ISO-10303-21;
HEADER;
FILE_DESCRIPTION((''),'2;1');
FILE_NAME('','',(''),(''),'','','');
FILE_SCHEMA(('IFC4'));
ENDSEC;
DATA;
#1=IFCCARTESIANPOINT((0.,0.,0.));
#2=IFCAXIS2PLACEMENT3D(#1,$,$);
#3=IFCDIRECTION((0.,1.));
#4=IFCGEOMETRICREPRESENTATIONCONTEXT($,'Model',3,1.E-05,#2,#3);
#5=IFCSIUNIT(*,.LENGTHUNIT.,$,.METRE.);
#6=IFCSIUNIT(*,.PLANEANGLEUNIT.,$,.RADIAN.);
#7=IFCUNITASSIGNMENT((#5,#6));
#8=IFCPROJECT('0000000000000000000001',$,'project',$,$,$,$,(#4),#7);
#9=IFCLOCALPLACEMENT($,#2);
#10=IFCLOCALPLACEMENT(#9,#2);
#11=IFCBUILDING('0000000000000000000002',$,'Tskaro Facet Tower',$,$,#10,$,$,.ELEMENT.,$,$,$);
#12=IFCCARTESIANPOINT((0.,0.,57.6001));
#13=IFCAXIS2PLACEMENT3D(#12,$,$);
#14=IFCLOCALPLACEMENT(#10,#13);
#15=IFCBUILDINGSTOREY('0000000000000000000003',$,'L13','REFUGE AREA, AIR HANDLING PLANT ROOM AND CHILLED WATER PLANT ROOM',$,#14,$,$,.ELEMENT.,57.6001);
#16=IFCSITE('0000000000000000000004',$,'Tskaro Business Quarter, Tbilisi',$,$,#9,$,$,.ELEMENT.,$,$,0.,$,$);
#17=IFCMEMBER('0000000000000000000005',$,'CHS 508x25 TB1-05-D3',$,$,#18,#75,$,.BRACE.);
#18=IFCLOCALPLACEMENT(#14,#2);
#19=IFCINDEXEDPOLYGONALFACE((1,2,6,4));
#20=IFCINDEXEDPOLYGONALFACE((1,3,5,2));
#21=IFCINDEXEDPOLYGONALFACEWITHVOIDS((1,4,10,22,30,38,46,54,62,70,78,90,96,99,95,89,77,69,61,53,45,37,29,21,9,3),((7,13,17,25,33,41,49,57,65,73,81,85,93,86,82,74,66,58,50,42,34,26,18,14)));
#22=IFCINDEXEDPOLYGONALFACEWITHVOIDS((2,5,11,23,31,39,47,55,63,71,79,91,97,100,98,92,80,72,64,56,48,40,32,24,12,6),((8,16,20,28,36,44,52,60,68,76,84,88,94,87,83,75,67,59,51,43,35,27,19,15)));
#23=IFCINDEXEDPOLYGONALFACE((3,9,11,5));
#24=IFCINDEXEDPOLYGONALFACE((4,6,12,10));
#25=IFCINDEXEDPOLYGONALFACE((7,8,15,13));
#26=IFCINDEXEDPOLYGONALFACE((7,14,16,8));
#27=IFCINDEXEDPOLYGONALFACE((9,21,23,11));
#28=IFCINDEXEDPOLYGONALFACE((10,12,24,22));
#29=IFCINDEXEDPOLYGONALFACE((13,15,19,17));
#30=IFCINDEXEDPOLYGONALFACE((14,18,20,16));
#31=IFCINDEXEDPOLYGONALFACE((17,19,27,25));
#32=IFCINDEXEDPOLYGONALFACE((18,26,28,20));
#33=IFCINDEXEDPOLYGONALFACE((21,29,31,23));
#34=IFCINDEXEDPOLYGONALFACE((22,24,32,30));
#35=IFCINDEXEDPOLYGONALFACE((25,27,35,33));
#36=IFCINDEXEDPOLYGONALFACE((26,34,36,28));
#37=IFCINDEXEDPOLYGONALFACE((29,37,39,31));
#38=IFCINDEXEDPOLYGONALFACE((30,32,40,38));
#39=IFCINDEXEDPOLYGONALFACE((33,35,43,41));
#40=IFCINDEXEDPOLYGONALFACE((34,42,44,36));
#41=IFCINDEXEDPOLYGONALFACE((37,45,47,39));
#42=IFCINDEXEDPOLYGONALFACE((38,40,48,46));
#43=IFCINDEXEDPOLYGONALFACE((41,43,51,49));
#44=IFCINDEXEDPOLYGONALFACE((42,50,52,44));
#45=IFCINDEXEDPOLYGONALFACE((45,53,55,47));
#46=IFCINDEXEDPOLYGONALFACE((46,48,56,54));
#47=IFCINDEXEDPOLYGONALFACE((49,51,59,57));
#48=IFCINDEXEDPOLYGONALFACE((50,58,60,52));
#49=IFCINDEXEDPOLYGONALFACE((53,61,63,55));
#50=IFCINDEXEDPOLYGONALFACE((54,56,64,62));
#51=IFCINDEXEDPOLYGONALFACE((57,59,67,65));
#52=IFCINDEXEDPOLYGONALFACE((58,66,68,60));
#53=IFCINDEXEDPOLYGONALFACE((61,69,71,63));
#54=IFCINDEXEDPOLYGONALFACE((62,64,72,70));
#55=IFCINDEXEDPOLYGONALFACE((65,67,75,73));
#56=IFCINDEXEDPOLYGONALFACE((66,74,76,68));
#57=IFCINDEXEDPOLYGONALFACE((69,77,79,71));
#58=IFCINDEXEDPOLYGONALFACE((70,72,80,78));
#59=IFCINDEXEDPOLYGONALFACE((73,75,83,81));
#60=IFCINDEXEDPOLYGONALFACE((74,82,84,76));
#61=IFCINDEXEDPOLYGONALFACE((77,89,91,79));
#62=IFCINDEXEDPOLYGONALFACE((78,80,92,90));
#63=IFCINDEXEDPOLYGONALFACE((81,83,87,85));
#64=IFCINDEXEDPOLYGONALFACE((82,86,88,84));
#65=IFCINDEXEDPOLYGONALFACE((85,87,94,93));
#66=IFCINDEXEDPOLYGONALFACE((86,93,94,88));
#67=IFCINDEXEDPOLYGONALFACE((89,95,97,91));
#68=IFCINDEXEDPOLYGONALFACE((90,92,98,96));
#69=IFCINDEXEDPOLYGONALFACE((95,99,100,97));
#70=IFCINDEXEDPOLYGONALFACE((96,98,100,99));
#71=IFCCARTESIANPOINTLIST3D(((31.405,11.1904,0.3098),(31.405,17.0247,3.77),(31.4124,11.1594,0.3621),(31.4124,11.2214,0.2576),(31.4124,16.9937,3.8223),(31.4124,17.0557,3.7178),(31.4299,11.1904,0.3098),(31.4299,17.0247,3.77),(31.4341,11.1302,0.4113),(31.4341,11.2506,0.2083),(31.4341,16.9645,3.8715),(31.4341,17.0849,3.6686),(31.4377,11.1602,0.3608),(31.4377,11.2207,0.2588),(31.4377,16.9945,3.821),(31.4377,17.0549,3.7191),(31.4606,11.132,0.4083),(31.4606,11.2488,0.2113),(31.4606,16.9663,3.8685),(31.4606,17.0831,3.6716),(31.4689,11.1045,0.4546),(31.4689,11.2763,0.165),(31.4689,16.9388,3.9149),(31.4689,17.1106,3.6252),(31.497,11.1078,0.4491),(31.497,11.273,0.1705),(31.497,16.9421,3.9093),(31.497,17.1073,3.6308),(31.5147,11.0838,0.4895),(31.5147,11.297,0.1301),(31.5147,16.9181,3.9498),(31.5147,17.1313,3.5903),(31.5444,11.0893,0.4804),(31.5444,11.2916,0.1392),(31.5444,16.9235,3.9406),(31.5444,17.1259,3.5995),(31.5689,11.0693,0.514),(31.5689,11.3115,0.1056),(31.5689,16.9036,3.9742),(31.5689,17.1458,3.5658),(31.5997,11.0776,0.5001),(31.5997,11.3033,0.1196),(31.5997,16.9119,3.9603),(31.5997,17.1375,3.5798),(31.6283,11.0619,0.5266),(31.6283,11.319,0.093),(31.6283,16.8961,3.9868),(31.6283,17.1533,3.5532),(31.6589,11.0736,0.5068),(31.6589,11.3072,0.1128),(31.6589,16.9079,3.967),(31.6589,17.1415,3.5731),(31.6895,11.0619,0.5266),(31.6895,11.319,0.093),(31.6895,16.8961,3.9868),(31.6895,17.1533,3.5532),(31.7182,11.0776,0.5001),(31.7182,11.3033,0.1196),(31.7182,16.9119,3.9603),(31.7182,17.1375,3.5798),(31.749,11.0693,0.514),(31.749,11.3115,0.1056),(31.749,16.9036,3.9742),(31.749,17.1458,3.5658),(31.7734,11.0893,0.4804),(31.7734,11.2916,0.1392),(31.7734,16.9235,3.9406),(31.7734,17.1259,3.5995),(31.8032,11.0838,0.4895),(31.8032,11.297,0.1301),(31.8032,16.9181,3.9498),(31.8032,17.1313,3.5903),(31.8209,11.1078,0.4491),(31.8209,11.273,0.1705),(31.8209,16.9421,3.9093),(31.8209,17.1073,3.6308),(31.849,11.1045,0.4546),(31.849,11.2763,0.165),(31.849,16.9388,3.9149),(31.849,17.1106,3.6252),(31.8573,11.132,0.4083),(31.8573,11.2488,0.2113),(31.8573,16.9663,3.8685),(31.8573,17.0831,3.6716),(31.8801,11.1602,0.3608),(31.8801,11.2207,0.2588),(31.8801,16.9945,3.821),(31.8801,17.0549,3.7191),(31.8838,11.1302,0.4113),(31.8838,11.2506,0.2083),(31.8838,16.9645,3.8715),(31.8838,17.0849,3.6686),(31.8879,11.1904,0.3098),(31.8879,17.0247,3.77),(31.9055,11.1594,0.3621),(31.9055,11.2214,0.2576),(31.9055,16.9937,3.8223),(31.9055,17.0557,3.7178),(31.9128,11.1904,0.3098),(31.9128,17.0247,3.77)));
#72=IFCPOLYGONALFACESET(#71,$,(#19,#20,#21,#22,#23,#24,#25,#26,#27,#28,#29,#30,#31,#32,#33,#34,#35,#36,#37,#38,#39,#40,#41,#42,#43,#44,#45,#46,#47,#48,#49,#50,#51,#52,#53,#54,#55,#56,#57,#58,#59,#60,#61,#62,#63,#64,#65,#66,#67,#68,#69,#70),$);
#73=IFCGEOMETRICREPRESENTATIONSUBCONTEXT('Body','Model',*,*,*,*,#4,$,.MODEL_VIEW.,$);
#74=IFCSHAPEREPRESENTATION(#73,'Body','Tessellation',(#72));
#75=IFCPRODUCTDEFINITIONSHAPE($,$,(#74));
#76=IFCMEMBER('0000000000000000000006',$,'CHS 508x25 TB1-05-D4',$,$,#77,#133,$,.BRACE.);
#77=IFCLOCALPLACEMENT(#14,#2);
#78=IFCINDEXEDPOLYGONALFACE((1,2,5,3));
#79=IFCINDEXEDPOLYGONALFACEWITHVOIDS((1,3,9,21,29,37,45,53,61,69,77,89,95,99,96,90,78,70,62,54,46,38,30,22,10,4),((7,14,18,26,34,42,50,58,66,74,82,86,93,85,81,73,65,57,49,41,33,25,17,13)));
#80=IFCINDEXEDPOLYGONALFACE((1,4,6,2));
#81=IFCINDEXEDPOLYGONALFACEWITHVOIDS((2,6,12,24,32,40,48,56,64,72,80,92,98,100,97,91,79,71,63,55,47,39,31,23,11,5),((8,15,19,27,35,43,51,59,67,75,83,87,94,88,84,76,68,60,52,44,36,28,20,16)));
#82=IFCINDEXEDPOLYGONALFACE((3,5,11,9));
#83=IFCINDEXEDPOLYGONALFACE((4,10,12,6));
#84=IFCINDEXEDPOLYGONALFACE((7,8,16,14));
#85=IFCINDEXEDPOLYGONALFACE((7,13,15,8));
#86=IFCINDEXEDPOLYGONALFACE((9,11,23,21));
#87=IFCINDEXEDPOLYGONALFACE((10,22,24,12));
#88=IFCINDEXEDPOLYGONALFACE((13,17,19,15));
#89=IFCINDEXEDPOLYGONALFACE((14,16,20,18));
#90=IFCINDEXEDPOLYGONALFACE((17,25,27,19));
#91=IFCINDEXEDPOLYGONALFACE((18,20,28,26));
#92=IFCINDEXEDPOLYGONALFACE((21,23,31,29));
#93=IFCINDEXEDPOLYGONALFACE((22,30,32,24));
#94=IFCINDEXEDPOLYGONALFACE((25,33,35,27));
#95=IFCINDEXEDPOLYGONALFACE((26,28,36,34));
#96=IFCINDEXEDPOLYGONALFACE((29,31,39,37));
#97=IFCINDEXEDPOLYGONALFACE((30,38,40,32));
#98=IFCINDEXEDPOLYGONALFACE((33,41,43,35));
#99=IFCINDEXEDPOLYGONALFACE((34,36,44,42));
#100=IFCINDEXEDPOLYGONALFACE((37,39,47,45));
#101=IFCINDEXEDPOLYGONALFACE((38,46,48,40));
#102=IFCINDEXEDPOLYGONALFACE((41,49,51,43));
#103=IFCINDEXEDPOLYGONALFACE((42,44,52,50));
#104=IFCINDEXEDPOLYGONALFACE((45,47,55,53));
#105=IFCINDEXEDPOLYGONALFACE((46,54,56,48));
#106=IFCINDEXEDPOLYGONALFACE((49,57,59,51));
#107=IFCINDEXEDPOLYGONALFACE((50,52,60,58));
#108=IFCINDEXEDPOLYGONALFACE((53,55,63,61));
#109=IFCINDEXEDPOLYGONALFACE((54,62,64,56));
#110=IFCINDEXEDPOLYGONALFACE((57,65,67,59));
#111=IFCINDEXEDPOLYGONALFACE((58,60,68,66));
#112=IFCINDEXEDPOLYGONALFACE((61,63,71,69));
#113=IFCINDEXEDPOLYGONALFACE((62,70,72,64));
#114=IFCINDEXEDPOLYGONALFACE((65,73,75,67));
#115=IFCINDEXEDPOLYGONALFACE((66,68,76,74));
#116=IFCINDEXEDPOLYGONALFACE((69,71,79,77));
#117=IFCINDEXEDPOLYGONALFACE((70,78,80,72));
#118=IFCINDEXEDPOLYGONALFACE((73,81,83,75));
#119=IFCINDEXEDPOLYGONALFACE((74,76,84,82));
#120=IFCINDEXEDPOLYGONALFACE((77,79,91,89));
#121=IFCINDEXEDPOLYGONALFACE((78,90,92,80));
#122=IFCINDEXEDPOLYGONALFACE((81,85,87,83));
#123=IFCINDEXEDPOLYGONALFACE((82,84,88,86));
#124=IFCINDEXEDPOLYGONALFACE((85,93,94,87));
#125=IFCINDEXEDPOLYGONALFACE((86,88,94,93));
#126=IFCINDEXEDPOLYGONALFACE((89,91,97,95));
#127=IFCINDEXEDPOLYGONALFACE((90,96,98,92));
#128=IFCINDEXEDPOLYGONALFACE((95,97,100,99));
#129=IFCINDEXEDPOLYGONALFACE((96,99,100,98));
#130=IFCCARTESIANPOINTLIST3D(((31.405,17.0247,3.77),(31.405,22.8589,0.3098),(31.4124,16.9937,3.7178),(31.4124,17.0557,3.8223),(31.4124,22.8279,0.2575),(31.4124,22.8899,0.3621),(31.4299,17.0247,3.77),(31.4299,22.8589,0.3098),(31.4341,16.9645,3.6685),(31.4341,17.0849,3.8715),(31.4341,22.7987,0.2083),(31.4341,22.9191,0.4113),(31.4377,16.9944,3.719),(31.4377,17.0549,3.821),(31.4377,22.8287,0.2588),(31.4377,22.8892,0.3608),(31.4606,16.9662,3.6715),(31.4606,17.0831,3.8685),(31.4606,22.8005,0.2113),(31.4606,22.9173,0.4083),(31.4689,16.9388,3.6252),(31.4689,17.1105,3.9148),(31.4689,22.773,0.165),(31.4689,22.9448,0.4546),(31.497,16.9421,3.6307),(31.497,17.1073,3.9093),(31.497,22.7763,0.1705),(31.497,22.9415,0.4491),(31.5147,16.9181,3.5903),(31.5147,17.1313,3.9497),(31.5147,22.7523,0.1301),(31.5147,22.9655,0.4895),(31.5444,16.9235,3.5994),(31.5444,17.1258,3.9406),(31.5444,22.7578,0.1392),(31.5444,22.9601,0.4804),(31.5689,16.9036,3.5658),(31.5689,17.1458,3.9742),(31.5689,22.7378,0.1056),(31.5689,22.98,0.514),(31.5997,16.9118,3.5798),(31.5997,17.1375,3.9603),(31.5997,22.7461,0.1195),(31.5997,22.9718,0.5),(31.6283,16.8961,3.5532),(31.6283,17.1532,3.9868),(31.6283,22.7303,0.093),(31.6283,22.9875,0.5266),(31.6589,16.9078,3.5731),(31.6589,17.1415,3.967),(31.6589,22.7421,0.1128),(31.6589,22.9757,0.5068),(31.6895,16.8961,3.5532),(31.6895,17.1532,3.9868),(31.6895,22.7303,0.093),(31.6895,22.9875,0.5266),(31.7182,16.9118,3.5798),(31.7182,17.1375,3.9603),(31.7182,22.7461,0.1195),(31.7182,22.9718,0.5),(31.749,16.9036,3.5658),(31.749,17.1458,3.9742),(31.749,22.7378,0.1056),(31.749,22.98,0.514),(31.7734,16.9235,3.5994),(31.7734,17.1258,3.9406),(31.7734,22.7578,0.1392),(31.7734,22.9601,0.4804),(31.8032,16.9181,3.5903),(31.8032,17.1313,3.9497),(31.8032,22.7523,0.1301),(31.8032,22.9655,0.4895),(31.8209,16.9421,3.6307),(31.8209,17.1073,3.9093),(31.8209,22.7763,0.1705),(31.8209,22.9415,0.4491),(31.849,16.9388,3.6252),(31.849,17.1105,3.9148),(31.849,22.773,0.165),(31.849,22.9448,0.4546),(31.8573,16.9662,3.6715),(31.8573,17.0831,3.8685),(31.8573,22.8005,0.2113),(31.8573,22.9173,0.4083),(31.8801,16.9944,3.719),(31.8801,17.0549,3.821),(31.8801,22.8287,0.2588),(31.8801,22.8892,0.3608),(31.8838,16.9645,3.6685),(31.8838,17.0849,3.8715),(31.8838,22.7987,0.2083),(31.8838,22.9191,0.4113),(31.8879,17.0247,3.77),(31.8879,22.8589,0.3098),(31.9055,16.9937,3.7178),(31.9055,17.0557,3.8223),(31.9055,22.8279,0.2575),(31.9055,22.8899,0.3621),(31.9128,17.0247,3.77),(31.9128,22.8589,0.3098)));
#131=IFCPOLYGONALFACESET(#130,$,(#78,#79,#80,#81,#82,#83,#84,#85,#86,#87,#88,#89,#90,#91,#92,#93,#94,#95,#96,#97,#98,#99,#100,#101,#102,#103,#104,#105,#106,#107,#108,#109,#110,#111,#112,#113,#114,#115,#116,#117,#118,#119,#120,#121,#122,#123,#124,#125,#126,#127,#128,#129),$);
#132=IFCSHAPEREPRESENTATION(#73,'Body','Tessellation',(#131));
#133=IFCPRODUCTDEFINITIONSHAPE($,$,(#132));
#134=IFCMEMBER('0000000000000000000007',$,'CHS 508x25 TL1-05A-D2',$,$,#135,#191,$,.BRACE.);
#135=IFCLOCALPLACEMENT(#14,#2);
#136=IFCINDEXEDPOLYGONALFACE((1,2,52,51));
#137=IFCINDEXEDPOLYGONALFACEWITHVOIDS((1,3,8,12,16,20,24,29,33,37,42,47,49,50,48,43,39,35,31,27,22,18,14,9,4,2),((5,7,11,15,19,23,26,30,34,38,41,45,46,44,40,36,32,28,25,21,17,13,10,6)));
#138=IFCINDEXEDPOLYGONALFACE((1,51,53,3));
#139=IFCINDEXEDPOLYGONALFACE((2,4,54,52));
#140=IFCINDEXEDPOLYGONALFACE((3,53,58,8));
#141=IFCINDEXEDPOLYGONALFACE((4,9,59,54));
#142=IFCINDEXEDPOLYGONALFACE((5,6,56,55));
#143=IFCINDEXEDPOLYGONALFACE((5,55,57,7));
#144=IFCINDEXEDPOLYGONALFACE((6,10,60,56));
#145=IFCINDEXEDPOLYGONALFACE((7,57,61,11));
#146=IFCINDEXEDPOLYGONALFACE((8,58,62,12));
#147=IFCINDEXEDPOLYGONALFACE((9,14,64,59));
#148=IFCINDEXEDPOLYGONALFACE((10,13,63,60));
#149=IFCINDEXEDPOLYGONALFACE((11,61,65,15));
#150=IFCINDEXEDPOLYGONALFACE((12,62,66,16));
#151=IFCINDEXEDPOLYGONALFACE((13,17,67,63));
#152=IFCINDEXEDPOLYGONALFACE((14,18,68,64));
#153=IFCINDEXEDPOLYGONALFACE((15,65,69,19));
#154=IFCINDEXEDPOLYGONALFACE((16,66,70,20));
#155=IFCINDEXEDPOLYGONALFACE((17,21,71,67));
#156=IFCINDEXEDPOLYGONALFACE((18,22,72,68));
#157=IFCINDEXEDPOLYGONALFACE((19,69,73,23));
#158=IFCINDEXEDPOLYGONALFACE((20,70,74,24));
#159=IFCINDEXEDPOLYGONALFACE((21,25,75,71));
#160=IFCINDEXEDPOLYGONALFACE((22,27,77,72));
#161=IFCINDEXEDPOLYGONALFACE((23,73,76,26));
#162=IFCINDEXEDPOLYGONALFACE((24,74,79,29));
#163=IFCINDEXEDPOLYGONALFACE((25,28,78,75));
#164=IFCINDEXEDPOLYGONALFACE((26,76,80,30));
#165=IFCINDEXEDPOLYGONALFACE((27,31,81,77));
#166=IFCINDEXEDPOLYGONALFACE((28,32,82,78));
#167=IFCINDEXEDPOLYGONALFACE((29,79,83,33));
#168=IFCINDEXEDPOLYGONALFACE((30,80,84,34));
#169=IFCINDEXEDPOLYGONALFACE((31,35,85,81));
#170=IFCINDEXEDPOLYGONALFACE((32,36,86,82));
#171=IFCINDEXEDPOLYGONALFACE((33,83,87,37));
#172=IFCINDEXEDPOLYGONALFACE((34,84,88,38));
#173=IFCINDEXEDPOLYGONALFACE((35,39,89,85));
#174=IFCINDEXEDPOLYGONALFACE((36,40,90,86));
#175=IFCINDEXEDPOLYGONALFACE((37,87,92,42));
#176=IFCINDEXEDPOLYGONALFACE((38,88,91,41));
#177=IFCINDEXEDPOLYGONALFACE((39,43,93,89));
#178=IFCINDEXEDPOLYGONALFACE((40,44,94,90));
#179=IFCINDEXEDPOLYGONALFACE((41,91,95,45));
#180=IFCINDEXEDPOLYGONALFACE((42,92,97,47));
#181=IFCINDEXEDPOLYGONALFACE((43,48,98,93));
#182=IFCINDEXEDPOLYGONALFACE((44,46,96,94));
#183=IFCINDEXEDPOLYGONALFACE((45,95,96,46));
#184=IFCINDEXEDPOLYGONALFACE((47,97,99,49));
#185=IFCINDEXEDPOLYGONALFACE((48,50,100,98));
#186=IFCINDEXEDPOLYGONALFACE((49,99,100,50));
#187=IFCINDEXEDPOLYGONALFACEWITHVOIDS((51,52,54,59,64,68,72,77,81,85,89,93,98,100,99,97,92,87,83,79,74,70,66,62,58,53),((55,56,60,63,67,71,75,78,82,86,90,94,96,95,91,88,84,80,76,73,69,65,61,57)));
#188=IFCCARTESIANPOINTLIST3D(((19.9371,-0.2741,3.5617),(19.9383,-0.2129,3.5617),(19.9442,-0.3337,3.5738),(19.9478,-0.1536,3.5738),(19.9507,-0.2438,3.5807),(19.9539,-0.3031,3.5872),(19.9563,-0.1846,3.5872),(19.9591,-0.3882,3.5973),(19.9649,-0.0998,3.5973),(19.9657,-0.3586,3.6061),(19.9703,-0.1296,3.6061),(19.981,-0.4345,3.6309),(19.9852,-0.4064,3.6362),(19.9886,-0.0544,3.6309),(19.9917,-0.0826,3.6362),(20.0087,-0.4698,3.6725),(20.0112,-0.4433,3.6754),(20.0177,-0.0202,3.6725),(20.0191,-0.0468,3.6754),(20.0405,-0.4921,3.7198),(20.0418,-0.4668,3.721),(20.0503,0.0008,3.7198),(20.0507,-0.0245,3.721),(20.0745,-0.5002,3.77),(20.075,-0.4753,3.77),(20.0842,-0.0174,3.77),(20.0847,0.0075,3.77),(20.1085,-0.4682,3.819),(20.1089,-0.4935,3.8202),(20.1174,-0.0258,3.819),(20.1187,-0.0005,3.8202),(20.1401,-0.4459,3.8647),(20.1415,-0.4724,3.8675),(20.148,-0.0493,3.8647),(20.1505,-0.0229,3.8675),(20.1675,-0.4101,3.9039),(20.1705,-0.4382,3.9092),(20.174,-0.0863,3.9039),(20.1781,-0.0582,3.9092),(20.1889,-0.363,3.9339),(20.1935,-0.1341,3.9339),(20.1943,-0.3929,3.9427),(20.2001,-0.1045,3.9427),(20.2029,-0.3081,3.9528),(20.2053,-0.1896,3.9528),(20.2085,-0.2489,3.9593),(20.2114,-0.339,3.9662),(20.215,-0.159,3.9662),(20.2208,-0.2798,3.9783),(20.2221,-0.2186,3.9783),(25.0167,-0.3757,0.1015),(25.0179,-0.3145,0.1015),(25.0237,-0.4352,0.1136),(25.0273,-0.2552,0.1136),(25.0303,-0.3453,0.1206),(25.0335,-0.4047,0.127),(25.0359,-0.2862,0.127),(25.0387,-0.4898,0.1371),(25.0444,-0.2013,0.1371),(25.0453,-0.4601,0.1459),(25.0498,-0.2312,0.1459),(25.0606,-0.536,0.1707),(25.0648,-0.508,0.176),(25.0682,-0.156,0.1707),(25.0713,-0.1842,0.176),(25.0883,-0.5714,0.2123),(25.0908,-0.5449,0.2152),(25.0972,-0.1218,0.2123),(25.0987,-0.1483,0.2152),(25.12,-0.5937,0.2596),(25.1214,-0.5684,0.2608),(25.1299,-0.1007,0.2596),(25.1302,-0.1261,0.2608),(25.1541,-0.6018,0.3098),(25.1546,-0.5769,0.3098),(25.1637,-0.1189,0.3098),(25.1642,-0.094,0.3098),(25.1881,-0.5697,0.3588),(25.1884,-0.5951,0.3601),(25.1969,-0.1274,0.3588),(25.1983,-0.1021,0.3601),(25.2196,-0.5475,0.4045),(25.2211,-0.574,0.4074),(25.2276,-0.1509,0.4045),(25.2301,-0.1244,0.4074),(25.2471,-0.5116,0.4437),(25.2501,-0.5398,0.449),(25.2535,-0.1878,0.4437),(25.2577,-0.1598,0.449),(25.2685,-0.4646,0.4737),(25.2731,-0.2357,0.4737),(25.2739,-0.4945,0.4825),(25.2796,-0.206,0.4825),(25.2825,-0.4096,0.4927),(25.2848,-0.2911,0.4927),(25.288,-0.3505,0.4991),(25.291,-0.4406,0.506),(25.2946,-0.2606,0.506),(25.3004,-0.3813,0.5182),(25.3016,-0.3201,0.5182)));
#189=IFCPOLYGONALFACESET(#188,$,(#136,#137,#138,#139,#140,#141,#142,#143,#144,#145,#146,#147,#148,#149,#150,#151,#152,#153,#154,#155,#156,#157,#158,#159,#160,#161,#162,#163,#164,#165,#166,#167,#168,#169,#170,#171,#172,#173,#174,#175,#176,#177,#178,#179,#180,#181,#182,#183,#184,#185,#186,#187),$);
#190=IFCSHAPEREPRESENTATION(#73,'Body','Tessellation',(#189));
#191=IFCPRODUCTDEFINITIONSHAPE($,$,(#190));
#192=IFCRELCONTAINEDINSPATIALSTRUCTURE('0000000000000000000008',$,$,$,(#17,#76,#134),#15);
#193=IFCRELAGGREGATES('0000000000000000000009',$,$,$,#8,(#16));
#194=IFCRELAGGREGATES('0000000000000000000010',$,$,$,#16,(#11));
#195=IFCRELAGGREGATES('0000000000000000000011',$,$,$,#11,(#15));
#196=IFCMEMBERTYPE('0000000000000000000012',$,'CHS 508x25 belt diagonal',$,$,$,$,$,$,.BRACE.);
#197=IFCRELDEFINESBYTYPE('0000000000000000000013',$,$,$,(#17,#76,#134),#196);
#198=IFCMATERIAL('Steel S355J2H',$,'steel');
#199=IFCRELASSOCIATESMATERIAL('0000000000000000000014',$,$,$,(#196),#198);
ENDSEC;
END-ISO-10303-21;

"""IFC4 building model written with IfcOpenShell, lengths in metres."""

from ifc_helpers import new_model, si_unit, direction, frame, origin, origin_2d, place, context, subcontext, project, spatial, hollow_circle, extrude, material, material_profile, profile_set, type_object, element, save


model = new_model("IFC4")

# Units and contexts
model_context = context("Model", 3, precision=1e-05, world=origin(), true_north=direction((0.0, 1.0)))
body_context = subcontext(model_context, "Body", "Model", "MODEL_VIEW")
ifc_project = project(units=[si_unit("LENGTHUNIT", "METRE"), si_unit("PLANEANGLEUNIT", "RADIAN")], contexts=[model_context])

# Site, building, storey
site_placement = place(None, origin())
site = spatial("IfcSite", under=ifc_project, at=site_placement, Name="Tskaro Business Quarter, Tbilisi", CompositionType="ELEMENT", RefElevation=0.0)
building_placement = place(site_placement, origin())
building = spatial("IfcBuilding", under=site, at=building_placement, Name="Tskaro Facet Tower", CompositionType="ELEMENT")
storey_placement = place(building_placement, frame((0.0, 0.0, 57.6001)))
storey = spatial("IfcBuildingStorey", under=building, at=storey_placement, Name="L13", Description="REFUGE AREA, AIR HANDLING PLANT ROOM AND CHILLED WATER PLANT ROOM", CompositionType="ELEMENT", Elevation=57.6001)

# Shared definitions
ifc_material_1 = material(Name="Steel S355J2H", Category="steel")

# Members
ifc_material_profile_1 = material_profile(ifc_material_1, hollow_circle(Radius=0.2539, WallThickness=0.0249, at=origin_2d()), Name="CHS 508x25")
ifc_profile_set_1 = profile_set([ifc_material_profile_1], Name="Steel S355J2H")
member_type_1 = type_object("IfcMemberType", Name="CHS 508x25 belt diagonal", PredefinedType="BRACE", material=ifc_profile_set_1)
for number, where, z_axis, x_axis, name in (
    (1, (31.6589, 11.1904, 0.3098), (0.0, 0.860105, 0.510117), (-1.0, 0.0, 0.0), "CHS 508x25 TB1-05-D3"),
    (2, (31.6589, 17.0247, 3.77), (0.0, 0.860105, -0.510117), (-1.0, 0.0, 0.0), "CHS 508x25 TB1-05-D4"),
):
    element("IfcMember", number, at=place(storey_placement, frame(where, z_axis=z_axis, x_axis=x_axis)), inside=storey, type_object=member_type_1, Name=name, PredefinedType="BRACE", context=body_context, shape_type="SweptSolid", body=[
        extrude(hollow_circle(Radius=0.2539, WallThickness=0.0249, at=origin_2d()), origin(), (0.0, 0.0, 1.0), 6.7832),
    ])
member_1_placement = place(storey_placement, frame((20.0796, -0.2463, 3.77), z_axis=(0.826353, -0.016522, -0.56291), x_axis=(0.01999, 0.9998, 0.0)))
element("IfcMember", 3, at=member_1_placement, inside=storey, type_object=member_type_1, Name="CHS 508x25 TL1-05A-D2", PredefinedType="BRACE", context=body_context, shape_type="SweptSolid", body=[
    extrude(hollow_circle(Radius=0.2539, WallThickness=0.0249, at=origin_2d()), origin(), (0.0, 0.0, 1.0), 6.147),
])

save(model, "model.ifc")
